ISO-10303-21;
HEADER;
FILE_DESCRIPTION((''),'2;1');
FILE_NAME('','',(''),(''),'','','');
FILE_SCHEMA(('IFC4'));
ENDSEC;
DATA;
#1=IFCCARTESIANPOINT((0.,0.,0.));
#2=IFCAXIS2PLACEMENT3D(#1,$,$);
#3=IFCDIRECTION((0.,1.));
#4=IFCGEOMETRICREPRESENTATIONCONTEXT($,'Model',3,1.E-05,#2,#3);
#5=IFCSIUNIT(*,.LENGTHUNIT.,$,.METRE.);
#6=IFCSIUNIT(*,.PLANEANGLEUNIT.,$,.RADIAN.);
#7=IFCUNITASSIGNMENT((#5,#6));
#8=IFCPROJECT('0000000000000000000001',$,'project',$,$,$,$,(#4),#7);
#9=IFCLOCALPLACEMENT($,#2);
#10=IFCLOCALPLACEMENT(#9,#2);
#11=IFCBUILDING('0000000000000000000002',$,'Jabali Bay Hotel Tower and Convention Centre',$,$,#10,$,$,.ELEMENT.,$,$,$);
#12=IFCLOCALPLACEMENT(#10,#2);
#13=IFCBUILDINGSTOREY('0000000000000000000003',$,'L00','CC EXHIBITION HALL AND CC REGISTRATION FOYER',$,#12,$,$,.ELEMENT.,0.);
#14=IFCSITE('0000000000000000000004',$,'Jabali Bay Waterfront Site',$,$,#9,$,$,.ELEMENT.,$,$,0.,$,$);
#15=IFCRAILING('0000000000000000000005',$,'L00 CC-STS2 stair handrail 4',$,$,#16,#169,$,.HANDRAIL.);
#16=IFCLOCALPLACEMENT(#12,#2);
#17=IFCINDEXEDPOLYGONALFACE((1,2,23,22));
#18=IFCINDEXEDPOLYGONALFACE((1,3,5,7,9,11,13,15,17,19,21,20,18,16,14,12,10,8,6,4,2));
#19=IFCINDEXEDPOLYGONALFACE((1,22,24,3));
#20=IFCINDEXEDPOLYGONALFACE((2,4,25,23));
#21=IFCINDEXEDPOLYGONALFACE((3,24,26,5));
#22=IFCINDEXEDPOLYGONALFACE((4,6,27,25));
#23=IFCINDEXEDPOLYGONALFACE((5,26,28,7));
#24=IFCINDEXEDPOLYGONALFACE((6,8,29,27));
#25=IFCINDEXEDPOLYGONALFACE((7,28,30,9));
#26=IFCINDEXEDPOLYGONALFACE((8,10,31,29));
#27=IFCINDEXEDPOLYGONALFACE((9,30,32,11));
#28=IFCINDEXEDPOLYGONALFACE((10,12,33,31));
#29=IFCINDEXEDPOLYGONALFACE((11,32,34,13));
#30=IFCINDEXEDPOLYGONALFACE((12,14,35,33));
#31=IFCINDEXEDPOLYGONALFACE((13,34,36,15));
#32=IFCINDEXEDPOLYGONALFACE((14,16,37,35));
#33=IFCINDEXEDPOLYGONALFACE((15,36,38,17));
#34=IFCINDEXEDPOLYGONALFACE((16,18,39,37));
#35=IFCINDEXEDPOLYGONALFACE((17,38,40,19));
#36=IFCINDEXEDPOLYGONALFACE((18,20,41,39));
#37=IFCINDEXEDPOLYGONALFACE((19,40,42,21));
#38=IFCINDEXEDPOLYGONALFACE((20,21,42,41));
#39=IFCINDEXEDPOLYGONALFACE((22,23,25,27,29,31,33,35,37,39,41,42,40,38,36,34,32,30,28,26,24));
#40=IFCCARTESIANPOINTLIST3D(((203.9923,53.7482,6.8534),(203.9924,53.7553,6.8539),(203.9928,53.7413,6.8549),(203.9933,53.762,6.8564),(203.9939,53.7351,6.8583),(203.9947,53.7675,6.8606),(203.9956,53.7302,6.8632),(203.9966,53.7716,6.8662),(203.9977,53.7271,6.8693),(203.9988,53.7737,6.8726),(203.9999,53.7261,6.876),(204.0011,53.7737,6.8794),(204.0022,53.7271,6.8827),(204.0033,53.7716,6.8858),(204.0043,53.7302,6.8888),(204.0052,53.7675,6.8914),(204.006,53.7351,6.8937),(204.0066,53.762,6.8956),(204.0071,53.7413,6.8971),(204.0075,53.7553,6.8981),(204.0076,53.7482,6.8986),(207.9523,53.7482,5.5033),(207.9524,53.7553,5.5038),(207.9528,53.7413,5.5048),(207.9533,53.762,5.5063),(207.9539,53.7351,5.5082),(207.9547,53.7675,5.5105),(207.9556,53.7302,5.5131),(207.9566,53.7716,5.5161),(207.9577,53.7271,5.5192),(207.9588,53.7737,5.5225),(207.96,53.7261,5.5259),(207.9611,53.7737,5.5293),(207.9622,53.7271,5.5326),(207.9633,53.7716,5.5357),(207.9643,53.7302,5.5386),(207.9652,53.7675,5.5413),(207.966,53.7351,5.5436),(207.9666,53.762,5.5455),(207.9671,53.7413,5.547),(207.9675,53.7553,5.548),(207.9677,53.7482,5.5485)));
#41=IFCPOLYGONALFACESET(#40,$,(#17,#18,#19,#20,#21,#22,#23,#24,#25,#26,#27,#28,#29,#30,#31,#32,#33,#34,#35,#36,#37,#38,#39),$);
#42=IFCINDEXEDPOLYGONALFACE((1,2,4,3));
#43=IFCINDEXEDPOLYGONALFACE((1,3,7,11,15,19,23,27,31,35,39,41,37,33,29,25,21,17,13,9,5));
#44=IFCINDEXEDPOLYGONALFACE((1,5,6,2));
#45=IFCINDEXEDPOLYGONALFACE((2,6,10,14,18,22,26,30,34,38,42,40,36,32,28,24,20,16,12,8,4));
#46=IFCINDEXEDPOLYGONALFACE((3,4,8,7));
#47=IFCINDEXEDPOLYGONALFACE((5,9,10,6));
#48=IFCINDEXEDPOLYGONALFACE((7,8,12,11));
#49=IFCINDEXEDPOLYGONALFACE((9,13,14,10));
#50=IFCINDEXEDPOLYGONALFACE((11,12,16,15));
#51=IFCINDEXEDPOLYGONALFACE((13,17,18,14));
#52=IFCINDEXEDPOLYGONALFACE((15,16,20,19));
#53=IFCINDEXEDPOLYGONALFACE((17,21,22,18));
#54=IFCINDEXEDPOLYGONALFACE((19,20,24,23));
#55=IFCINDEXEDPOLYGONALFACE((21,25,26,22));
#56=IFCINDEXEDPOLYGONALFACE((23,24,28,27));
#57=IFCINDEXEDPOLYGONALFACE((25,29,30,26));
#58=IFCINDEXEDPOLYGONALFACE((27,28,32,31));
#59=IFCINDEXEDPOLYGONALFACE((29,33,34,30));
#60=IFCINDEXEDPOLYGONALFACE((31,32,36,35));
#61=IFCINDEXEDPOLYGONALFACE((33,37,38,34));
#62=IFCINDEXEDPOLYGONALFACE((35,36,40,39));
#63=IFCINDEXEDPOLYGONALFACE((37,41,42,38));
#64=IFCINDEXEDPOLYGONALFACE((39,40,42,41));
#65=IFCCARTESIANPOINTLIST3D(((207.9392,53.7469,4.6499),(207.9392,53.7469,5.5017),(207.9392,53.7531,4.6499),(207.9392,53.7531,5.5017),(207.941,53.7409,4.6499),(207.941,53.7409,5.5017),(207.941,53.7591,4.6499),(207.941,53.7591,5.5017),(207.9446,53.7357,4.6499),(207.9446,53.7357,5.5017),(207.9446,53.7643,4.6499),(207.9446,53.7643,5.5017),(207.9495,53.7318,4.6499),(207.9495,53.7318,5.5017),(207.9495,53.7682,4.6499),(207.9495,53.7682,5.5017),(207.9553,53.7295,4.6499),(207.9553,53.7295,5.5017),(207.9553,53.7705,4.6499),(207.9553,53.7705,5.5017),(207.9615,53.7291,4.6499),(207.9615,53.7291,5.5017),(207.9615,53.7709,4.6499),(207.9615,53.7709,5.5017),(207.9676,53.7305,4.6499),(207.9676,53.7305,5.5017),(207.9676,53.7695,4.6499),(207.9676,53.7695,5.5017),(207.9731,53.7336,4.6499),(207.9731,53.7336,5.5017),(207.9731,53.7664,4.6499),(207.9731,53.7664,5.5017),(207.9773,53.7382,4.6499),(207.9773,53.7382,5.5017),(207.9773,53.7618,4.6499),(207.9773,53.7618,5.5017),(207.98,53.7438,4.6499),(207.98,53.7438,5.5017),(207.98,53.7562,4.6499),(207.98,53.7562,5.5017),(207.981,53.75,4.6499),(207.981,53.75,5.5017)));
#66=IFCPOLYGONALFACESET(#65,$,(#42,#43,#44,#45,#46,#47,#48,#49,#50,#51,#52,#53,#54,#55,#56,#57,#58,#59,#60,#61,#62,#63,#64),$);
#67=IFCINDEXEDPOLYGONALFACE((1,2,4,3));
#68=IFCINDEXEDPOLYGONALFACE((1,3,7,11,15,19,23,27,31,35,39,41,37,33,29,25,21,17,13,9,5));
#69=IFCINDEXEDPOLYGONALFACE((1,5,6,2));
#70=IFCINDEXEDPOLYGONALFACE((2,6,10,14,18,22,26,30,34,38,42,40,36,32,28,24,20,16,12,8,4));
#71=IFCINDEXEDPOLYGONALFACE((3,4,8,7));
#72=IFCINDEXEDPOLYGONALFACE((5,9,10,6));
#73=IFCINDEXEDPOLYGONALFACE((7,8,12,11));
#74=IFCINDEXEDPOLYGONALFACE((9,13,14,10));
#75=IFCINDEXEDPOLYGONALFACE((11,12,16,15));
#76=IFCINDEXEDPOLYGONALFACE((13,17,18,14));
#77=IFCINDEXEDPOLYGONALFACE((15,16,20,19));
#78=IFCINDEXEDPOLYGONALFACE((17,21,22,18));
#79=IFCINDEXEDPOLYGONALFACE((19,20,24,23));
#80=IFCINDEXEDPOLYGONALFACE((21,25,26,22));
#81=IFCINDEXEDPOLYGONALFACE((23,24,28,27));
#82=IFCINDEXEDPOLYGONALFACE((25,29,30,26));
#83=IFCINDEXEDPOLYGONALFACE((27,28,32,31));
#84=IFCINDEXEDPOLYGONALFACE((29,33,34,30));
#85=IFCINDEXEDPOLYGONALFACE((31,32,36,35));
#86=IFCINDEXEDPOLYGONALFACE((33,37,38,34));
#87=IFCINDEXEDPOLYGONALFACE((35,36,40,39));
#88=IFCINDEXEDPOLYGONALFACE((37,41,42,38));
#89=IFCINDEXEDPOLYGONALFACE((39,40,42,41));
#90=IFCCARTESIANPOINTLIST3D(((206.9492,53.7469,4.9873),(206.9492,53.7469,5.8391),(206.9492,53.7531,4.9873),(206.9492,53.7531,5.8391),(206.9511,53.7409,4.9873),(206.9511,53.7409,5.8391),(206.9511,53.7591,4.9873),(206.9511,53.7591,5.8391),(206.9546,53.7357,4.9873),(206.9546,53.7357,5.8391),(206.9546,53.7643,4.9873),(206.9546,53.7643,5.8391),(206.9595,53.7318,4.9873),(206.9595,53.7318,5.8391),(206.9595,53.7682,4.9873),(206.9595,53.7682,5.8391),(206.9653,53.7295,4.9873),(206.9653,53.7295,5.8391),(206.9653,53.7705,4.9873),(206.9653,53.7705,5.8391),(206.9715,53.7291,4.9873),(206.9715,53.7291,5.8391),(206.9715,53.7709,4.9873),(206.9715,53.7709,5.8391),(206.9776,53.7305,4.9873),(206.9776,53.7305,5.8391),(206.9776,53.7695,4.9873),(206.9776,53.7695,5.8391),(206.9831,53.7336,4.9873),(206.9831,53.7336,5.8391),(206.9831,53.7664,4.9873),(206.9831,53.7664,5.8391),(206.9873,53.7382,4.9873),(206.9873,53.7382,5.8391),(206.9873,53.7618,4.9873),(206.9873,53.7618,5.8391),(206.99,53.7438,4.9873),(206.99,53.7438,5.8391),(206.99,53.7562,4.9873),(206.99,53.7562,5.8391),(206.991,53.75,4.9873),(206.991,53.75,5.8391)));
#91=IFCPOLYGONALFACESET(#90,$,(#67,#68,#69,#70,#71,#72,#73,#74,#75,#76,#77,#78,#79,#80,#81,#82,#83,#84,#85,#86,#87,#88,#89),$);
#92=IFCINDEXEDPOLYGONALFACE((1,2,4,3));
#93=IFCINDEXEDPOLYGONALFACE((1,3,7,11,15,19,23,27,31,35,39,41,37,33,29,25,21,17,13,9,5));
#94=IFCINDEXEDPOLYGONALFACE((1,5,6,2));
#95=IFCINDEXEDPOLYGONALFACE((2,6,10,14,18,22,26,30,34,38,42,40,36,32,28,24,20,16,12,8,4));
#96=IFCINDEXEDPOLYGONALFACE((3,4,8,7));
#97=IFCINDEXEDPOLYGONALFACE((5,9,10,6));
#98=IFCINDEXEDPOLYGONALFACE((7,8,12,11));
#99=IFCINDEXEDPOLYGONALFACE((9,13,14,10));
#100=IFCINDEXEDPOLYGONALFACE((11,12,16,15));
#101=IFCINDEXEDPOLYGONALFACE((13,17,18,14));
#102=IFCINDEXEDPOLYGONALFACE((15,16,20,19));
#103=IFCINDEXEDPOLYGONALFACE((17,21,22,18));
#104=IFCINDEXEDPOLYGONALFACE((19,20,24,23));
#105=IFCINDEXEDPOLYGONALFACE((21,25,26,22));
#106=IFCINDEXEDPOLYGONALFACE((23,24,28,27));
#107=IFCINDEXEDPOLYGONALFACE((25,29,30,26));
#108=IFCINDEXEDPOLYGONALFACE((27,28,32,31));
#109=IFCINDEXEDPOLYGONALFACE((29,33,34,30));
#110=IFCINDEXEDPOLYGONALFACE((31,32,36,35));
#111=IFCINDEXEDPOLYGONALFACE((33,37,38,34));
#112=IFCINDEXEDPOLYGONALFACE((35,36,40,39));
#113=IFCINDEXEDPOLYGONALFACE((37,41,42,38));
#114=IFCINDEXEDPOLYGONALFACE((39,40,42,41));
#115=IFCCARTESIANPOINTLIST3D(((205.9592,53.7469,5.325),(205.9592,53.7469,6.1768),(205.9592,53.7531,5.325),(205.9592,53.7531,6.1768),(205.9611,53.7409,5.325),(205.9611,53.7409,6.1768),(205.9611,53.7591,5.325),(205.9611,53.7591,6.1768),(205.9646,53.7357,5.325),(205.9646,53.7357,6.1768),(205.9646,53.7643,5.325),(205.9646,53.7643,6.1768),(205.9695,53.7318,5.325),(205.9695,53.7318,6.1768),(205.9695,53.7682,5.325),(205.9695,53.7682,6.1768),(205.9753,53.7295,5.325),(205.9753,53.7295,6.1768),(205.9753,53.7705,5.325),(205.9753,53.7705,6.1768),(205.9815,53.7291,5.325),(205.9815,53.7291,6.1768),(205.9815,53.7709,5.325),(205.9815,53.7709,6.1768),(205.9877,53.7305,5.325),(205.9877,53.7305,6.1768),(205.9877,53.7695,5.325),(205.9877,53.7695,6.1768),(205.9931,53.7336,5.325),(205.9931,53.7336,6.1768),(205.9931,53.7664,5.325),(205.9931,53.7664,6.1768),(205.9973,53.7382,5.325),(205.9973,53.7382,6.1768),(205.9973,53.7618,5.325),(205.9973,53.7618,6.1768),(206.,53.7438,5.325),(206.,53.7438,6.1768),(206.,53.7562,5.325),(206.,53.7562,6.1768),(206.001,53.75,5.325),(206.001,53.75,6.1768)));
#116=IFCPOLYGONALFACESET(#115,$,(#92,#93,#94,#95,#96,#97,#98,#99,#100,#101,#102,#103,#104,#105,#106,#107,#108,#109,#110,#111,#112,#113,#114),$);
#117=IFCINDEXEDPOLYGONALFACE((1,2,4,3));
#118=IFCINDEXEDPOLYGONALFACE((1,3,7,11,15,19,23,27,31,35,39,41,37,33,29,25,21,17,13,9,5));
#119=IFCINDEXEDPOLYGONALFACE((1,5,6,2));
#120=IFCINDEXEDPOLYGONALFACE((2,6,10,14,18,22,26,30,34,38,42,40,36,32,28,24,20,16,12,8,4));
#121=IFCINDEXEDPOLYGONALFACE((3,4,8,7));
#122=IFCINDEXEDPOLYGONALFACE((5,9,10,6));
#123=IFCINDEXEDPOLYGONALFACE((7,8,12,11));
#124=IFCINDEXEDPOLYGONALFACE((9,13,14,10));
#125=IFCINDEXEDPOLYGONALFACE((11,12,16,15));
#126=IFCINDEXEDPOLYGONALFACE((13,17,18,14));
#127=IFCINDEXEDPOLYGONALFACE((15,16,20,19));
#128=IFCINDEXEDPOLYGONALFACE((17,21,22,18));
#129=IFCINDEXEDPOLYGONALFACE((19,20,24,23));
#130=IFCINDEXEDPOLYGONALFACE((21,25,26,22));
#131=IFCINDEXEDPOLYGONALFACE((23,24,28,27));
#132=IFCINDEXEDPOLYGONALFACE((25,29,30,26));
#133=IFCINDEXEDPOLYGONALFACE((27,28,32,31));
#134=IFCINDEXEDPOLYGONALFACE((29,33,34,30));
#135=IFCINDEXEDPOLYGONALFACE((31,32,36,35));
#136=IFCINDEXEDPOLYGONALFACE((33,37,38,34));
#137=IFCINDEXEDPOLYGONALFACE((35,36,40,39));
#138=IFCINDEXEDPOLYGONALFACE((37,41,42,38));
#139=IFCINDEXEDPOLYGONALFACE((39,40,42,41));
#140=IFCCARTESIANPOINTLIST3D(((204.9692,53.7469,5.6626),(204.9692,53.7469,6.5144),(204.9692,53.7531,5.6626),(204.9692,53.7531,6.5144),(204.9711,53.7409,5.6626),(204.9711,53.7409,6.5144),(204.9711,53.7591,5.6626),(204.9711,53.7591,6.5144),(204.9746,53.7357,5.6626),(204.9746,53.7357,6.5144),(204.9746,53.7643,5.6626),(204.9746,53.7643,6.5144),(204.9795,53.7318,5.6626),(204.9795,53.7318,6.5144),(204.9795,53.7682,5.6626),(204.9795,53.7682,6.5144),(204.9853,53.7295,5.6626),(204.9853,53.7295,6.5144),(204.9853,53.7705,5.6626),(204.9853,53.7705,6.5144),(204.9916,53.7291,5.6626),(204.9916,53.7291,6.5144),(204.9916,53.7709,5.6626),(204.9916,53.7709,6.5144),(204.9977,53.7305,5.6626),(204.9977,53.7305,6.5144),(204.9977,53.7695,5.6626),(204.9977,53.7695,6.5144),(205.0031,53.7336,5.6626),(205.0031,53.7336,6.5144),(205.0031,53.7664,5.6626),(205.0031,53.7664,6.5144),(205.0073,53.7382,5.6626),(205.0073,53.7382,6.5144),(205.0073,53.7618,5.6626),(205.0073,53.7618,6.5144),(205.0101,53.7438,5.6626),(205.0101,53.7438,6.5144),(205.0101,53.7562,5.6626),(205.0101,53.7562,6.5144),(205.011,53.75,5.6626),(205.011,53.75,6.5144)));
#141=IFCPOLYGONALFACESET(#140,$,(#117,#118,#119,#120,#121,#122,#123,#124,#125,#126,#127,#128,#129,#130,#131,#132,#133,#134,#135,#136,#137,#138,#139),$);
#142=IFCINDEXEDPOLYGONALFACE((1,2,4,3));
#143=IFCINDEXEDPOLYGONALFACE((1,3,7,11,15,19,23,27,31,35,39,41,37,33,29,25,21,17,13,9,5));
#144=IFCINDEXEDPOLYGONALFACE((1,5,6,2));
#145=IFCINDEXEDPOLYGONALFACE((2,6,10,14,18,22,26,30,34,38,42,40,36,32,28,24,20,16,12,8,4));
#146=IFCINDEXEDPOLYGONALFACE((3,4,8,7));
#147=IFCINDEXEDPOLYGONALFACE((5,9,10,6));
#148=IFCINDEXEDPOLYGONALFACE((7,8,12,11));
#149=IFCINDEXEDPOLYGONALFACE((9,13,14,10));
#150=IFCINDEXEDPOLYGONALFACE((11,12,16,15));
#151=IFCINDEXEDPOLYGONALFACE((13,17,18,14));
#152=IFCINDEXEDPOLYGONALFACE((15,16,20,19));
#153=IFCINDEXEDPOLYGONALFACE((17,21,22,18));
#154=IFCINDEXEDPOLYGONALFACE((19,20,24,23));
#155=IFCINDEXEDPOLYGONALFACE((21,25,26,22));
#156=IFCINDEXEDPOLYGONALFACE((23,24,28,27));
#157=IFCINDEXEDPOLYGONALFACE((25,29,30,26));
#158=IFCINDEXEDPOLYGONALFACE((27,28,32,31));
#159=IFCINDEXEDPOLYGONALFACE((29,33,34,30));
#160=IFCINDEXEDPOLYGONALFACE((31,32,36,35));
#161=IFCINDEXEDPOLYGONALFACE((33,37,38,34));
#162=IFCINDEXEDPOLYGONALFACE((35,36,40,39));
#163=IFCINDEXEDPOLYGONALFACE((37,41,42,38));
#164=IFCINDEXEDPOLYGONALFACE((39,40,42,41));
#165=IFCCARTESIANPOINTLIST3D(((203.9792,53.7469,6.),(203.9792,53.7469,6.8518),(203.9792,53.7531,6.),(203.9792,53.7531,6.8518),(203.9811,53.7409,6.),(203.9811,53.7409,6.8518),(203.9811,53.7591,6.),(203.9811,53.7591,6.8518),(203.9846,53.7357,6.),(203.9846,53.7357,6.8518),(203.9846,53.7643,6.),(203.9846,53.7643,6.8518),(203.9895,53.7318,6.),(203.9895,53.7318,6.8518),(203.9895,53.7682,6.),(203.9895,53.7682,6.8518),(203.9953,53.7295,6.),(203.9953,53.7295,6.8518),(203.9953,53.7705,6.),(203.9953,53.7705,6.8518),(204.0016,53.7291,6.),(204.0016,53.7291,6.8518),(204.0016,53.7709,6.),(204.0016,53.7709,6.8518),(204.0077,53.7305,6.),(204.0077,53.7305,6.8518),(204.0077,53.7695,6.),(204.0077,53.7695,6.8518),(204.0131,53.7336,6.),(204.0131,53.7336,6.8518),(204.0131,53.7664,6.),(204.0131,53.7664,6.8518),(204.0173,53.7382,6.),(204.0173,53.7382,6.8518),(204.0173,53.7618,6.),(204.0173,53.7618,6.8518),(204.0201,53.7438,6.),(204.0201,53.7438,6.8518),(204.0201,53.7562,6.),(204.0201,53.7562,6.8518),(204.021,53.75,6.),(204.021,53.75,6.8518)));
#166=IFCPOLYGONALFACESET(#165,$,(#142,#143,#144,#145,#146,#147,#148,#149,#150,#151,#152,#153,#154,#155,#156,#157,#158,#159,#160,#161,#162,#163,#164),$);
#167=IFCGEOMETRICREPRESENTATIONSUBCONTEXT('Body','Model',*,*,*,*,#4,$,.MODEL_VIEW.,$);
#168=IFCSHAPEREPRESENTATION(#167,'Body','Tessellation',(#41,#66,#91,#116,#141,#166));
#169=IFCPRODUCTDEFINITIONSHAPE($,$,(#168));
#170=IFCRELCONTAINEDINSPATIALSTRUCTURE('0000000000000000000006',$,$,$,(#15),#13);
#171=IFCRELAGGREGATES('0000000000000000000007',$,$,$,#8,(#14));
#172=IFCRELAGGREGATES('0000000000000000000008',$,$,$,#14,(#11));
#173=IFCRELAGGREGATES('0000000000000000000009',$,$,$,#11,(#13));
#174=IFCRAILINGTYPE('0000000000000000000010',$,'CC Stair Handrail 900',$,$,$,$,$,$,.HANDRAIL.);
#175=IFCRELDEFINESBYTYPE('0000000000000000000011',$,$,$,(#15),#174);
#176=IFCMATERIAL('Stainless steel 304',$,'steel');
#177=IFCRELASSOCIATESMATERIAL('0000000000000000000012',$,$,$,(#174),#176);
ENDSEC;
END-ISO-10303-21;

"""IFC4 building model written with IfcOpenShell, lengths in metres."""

from ifc_helpers import new_model, si_unit, direction, frame, origin, origin_2d, place, context, subcontext, project, spatial, circle, extrude, material, type_object, element, save


model = new_model("IFC4")

# Units and contexts
model_context = context("Model", 3, precision=1e-05, world=origin(), true_north=direction((0.0, 1.0)))
body_context = subcontext(model_context, "Body", "Model", "MODEL_VIEW")
ifc_project = project(units=[si_unit("LENGTHUNIT", "METRE"), si_unit("PLANEANGLEUNIT", "RADIAN")], contexts=[model_context])

# Site, building, storey
site_placement = place(None, origin())
site = spatial("IfcSite", under=ifc_project, at=site_placement, Name="Jabali Bay Waterfront Site", CompositionType="ELEMENT", RefElevation=0.0)
building_placement = place(site_placement, origin())
building = spatial("IfcBuilding", under=site, at=building_placement, Name="Jabali Bay Hotel Tower and Convention Centre", CompositionType="ELEMENT")
storey_placement = place(building_placement, origin())
storey = spatial("IfcBuildingStorey", under=building, at=storey_placement, Name="L00", Description="CC EXHIBITION HALL AND CC REGISTRATION FOYER", CompositionType="ELEMENT", Elevation=0.0)

# Railing
ifc_material_1 = material(Name="Stainless steel 304", Category="steel")
railing_type_1 = type_object("IfcRailingType", Name="CC Stair Handrail 900", PredefinedType="HANDRAIL", material=ifc_material_1)
railing_1_placement = place(storey_placement, frame((207.96, 53.75, 4.6499)))
element("IfcRailing", 1, at=railing_1_placement, inside=storey, type_object=railing_type_1, Name="L00 CC-STS2 stair handrail 4", PredefinedType="HANDRAIL", context=body_context, shape_type="SweptSolid", body=[
    extrude(circle(Radius=0.0239, at=origin_2d()), frame((0.0, 0.0, 0.876), z_axis=(-0.946502, 0.0, 0.322698), x_axis=(0.0, -1.0, 0.0)), (0.0, 0.0, 1.0), 4.1838),
    extrude(circle(Radius=0.021, at=origin_2d()), origin(), (0.0, 0.0, 1.0), 0.8518),
    extrude(circle(Radius=0.021, at=origin_2d()), frame((-0.99, 0.0, 0.3374)), (0.0, 0.0, 1.0), 0.8518),
    extrude(circle(Radius=0.021, at=origin_2d()), frame((-1.98, 0.0, 0.675)), (0.0, 0.0, 1.0), 0.8518),
    extrude(circle(Radius=0.021, at=origin_2d()), frame((-2.97, 0.0, 1.0127)), (0.0, 0.0, 1.0), 0.8518),
    extrude(circle(Radius=0.021, at=origin_2d()), frame((-3.96, 0.0, 1.3501)), (0.0, 0.0, 1.0), 0.8518),
])

save(model, "model.ifc")
